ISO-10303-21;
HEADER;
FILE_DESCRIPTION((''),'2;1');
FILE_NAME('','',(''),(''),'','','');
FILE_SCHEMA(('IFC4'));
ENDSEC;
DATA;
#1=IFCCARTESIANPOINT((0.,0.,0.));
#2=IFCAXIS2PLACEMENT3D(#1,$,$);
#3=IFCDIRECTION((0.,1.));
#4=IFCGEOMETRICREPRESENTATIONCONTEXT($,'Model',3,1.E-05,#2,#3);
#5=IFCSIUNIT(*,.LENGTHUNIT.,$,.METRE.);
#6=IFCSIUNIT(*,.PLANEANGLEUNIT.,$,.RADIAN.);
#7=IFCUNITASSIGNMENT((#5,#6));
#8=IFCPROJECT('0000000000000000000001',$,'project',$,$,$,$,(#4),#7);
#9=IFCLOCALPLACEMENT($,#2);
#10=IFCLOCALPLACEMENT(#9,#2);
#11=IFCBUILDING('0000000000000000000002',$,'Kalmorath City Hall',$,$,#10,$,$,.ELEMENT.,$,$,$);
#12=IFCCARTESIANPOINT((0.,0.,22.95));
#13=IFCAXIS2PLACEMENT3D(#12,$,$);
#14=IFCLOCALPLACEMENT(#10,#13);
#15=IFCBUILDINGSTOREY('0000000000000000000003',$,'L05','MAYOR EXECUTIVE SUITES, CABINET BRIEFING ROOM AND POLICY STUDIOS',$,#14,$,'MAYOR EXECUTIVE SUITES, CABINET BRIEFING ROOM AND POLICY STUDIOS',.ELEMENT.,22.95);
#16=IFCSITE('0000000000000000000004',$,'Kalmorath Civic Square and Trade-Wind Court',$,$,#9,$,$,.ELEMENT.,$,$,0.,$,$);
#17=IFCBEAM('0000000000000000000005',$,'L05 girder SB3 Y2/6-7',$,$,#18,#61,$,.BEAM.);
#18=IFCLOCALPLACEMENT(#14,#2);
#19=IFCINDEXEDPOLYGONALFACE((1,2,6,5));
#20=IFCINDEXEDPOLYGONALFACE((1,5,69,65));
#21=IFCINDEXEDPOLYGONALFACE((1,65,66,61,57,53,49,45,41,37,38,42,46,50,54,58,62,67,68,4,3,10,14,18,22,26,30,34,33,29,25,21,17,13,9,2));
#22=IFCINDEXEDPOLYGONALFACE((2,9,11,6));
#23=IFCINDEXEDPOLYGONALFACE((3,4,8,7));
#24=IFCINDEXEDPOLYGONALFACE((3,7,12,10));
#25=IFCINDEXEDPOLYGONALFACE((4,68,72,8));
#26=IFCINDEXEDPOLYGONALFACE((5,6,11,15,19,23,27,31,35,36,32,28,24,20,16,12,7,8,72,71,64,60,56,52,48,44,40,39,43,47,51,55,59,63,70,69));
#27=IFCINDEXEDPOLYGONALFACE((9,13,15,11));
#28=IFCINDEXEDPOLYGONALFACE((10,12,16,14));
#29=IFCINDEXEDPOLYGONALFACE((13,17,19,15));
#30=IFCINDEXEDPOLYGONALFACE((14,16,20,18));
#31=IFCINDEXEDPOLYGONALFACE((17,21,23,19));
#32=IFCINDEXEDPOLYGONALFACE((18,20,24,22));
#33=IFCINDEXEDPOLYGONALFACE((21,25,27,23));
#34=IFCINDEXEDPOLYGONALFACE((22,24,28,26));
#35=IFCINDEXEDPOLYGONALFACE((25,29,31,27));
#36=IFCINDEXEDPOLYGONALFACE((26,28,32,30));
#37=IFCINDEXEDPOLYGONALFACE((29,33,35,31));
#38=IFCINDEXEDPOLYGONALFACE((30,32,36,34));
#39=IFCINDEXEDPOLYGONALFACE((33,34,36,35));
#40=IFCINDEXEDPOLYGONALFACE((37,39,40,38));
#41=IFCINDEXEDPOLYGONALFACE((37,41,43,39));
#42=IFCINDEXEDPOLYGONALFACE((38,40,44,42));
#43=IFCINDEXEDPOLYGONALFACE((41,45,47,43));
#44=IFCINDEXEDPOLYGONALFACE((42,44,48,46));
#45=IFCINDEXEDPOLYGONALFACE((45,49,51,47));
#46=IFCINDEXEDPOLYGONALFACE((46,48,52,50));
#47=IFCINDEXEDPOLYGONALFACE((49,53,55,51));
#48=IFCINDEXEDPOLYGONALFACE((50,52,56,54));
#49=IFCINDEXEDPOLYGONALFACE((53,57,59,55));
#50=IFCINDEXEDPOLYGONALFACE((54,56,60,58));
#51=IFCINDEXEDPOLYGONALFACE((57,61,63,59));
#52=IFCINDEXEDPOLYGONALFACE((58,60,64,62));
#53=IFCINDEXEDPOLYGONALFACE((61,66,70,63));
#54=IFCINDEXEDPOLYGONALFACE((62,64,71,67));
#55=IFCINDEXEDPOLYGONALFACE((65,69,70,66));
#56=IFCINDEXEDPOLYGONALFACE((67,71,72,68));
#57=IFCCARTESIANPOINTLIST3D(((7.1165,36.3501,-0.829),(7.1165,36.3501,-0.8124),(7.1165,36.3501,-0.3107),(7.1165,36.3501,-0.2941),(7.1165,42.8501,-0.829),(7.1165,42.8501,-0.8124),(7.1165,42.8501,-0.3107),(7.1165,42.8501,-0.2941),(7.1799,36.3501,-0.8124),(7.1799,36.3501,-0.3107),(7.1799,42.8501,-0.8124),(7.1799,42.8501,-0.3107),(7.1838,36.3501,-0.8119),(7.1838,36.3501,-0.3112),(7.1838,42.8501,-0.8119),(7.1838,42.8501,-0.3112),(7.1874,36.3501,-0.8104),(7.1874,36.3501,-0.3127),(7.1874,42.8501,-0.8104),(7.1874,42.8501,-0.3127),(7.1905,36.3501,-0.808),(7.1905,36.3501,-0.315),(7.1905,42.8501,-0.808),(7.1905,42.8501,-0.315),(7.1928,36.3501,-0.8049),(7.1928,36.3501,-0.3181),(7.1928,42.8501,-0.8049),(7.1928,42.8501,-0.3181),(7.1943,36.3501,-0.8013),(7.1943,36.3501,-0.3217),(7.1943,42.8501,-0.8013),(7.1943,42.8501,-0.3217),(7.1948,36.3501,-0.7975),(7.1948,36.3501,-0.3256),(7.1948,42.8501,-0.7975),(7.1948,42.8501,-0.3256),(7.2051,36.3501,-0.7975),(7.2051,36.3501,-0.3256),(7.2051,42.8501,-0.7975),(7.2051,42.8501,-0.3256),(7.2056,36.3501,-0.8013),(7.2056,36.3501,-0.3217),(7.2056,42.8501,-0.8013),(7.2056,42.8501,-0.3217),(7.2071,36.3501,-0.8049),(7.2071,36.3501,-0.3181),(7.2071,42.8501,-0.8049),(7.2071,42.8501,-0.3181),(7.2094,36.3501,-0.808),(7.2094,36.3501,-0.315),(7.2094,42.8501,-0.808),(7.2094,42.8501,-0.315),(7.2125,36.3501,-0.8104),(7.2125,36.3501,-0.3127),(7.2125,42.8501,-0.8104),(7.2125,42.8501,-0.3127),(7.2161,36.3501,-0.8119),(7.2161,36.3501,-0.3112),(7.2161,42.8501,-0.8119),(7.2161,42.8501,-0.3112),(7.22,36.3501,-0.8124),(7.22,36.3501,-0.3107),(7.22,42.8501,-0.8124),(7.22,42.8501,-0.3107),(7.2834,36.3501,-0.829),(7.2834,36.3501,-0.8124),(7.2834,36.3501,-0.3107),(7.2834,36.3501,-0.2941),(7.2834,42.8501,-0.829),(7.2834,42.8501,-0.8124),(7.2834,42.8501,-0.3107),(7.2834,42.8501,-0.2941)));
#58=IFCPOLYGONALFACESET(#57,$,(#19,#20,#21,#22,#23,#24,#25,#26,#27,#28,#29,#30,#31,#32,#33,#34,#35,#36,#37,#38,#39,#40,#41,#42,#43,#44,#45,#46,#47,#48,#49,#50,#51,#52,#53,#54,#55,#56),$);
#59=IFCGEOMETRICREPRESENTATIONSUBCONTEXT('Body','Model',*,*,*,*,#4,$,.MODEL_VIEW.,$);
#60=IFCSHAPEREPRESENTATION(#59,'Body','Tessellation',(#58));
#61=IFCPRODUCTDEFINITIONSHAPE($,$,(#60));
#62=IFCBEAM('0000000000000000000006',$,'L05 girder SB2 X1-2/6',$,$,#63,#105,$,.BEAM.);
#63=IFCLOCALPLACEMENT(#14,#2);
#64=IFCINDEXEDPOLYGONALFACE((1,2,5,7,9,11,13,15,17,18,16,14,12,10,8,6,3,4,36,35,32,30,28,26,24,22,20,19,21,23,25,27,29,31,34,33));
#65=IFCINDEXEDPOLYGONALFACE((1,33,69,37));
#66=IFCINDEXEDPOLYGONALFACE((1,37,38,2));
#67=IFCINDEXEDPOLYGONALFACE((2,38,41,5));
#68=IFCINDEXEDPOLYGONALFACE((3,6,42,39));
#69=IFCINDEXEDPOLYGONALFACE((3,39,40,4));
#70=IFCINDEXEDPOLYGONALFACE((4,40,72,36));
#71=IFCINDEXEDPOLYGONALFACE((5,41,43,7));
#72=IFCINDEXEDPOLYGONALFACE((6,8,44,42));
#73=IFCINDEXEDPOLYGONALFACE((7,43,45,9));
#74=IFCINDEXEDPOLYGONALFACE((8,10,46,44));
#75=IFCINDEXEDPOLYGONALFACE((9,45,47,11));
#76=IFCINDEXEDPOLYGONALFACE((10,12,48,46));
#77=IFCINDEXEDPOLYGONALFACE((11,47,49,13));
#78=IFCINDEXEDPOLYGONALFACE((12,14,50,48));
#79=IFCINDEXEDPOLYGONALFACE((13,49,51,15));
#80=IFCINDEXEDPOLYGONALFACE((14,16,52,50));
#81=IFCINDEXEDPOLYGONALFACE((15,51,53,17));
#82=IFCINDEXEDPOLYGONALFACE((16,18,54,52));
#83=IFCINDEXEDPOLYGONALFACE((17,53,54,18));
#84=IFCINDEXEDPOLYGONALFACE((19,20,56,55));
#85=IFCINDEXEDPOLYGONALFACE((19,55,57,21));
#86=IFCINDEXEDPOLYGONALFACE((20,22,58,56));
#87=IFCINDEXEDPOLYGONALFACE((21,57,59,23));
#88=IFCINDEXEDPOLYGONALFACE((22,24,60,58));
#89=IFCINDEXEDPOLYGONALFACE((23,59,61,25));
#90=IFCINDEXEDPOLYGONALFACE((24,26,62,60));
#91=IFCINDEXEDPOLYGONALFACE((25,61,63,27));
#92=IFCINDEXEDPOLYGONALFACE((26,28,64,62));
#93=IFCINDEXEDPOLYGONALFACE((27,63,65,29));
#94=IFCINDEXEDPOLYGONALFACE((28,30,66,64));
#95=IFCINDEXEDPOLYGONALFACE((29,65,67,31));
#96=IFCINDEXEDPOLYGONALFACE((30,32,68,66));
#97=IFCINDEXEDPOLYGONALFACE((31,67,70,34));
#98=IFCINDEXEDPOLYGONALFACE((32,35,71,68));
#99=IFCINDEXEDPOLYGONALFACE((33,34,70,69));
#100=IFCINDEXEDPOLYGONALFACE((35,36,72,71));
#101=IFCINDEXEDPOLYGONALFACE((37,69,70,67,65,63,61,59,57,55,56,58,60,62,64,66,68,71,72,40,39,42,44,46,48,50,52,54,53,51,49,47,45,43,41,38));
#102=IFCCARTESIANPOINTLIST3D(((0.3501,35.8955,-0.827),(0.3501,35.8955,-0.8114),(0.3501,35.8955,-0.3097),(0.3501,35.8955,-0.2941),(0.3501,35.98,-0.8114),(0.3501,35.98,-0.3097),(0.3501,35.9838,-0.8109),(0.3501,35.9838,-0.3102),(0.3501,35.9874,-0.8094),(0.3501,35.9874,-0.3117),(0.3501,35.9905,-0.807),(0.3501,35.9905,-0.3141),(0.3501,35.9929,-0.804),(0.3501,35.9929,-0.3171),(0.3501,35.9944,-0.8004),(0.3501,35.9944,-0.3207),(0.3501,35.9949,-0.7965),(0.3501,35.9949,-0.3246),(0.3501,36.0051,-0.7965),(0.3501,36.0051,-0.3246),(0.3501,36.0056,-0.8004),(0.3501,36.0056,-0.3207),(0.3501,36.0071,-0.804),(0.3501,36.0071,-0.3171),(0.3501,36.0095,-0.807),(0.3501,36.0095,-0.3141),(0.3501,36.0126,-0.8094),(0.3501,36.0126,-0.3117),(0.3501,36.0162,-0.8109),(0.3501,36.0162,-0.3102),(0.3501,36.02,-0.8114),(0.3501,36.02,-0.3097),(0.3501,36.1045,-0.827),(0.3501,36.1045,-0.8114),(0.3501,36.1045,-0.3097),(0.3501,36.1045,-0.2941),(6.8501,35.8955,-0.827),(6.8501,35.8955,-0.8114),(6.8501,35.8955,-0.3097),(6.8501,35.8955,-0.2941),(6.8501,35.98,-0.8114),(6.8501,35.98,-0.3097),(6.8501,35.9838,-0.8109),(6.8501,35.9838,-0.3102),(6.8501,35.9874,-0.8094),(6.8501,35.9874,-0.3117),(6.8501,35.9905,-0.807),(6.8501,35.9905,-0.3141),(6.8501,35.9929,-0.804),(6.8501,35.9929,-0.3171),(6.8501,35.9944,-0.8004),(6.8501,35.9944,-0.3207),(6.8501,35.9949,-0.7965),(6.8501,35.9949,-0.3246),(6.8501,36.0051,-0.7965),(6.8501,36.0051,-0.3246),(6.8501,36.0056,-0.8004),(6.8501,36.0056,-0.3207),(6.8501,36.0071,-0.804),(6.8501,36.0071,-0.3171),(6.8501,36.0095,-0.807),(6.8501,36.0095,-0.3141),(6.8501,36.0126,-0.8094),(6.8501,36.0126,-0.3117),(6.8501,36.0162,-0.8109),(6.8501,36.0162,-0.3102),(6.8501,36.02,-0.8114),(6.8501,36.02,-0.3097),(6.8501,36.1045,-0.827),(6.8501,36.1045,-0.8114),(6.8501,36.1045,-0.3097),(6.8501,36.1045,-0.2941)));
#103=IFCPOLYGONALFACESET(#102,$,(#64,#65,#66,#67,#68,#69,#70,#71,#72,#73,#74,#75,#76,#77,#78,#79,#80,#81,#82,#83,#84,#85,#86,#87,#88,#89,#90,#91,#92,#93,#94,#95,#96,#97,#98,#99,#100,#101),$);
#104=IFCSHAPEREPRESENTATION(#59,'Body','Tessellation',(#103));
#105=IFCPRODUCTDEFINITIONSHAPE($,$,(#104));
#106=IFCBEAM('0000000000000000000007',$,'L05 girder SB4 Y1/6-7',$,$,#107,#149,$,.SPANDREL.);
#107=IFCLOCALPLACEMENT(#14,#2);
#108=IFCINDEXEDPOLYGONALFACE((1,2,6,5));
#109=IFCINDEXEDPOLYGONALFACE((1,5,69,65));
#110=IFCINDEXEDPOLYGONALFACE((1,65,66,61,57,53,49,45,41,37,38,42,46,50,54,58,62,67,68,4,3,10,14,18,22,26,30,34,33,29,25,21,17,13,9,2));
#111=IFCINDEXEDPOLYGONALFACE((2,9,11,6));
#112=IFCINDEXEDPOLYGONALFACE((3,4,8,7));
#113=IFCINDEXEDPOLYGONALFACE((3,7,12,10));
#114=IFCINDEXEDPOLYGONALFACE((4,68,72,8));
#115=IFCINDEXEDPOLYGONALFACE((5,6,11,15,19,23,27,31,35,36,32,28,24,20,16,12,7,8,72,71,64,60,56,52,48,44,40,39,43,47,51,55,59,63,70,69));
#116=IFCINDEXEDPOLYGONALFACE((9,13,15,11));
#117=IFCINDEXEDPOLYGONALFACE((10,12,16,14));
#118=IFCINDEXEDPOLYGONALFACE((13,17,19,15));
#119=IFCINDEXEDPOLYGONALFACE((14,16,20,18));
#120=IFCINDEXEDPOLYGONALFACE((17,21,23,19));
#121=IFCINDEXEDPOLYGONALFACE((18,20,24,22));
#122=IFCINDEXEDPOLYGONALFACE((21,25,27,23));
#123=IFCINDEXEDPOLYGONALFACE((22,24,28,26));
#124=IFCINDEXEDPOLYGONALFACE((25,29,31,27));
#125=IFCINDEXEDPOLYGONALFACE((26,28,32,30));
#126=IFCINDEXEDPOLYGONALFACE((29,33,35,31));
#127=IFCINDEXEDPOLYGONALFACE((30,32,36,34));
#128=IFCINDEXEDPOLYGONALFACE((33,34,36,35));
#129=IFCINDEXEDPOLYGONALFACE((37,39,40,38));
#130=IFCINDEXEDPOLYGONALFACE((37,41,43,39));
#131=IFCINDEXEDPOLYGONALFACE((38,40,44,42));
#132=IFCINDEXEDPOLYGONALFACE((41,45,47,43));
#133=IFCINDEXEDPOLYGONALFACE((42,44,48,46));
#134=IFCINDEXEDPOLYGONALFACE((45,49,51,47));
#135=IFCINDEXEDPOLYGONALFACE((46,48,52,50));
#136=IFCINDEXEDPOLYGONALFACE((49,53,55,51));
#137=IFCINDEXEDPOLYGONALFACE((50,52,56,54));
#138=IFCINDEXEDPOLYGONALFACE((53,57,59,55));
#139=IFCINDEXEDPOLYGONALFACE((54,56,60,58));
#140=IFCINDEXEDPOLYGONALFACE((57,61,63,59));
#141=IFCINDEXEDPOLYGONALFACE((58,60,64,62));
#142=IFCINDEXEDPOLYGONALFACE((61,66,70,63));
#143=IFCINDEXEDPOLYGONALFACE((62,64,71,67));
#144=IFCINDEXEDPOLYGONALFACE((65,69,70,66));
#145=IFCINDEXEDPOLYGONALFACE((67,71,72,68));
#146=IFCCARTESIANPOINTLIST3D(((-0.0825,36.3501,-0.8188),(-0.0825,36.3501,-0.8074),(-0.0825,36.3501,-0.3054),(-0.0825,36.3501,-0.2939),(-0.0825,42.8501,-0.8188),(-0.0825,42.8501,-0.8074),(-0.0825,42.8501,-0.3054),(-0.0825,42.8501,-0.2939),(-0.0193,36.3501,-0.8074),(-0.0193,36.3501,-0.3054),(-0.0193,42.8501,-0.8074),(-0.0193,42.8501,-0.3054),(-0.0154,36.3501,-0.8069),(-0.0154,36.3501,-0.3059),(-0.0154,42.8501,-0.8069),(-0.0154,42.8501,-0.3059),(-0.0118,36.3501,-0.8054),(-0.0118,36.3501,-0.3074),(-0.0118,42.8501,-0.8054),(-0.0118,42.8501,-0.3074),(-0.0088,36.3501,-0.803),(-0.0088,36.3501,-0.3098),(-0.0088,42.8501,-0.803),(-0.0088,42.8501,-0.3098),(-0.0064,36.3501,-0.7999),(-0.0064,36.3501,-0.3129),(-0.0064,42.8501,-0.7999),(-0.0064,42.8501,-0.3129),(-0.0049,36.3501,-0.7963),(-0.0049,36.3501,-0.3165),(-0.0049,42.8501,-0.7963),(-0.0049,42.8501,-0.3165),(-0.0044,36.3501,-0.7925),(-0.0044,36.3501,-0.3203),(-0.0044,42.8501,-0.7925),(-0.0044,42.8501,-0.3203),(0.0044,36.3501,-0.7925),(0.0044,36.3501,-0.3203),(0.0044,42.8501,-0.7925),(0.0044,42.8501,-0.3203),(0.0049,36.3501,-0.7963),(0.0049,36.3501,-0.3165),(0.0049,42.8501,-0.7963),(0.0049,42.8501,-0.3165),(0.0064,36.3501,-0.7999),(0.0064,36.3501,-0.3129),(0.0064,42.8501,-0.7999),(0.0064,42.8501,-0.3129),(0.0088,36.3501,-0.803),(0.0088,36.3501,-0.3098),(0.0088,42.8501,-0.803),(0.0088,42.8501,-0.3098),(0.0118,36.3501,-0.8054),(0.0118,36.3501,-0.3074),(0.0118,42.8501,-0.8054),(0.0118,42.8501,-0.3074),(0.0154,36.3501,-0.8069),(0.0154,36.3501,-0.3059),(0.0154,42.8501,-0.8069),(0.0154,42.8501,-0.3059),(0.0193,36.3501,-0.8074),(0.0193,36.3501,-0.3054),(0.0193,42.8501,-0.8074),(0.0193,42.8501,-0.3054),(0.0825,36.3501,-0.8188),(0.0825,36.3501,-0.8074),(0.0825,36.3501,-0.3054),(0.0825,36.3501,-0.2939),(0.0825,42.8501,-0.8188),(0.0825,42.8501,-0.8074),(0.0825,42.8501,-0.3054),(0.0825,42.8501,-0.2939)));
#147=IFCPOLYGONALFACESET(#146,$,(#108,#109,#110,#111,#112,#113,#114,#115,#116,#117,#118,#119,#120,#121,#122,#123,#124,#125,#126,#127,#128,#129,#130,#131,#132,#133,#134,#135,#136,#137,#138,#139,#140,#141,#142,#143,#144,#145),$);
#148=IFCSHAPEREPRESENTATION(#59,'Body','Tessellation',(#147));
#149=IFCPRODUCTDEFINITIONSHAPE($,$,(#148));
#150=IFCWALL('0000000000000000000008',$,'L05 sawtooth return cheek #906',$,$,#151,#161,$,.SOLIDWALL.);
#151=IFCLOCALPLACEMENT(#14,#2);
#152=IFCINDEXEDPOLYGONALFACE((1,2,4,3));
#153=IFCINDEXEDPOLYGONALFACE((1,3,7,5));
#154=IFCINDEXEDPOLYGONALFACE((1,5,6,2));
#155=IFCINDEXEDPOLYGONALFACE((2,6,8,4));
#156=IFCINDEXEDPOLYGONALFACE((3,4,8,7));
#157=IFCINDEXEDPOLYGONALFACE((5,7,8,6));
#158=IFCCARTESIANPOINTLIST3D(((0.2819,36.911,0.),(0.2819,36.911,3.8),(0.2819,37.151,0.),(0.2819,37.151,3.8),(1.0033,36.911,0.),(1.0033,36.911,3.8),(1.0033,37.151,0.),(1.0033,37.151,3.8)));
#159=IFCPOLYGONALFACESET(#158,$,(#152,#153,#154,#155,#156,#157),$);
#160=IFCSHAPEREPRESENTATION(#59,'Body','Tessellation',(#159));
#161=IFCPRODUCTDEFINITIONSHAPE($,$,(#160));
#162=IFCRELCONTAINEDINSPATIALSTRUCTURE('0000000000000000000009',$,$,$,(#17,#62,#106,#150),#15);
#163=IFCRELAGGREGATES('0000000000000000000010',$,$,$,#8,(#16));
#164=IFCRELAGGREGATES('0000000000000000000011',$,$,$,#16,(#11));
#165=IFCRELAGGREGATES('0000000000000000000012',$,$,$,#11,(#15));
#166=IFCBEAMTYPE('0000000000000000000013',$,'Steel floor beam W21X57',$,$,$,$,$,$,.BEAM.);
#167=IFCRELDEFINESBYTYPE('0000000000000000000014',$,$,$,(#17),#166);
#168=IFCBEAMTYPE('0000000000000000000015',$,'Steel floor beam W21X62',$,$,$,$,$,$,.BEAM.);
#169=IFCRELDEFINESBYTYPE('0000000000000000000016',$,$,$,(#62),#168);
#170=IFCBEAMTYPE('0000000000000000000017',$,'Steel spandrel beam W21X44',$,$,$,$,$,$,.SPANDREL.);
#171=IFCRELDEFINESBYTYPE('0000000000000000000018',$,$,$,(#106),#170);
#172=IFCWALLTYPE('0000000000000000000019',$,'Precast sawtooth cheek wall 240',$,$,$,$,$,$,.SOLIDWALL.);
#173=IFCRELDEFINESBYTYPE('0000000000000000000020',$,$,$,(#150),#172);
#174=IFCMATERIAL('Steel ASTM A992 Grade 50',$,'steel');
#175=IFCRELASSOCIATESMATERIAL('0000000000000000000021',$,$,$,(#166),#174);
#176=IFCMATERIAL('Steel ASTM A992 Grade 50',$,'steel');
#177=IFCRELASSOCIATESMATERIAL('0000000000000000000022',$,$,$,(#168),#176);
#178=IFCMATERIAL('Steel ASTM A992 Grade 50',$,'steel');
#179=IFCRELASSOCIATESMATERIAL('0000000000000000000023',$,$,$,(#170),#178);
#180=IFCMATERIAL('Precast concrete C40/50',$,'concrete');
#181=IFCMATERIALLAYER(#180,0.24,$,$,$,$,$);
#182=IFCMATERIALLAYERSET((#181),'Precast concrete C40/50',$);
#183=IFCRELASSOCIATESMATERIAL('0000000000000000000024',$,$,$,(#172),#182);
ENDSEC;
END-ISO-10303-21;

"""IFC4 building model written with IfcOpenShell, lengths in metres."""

from ifc_helpers import new_model, si_unit, direction, frame, frame_2d, origin, origin_2d, place, context, subcontext, project, spatial, rectangle, i_section, extrude, material, layer, layer_set, material_profile, profile_set, type_object, element, save


model = new_model("IFC4")

# Units and contexts
model_context = context("Model", 3, precision=1e-05, world=origin(), true_north=direction((0.0, 1.0)))
body_context = subcontext(model_context, "Body", "Model", "MODEL_VIEW")
ifc_project = project(units=[si_unit("LENGTHUNIT", "METRE"), si_unit("PLANEANGLEUNIT", "RADIAN")], contexts=[model_context])

# Site, building, storey
site_placement = place(None, origin())
site = spatial("IfcSite", under=ifc_project, at=site_placement, Name="Kalmorath Civic Square and Trade-Wind Court", CompositionType="ELEMENT", RefElevation=0.0)
building_placement = place(site_placement, origin())
building = spatial("IfcBuilding", under=site, at=building_placement, Name="Kalmorath City Hall", CompositionType="ELEMENT")
storey_placement = place(building_placement, frame((0.0, 0.0, 22.95)))
storey = spatial("IfcBuildingStorey", under=building, at=storey_placement, Name="L05", Description="MAYOR EXECUTIVE SUITES, CABINET BRIEFING ROOM AND POLICY STUDIOS", LongName="MAYOR EXECUTIVE SUITES, CABINET BRIEFING ROOM AND POLICY STUDIOS", CompositionType="ELEMENT", Elevation=22.95)

# Beams
ifc_material_1 = material(Name="Steel ASTM A992 Grade 50", Category="steel")
ifc_material_profile_1 = material_profile(ifc_material_1, i_section(OverallWidth=0.167, OverallDepth=0.5349, WebThickness=0.0103, FlangeThickness=0.0166, FilletRadius=0.0149, at=origin_2d()), Name="W21X57")
ifc_profile_set_1 = profile_set([ifc_material_profile_1], Name="Steel ASTM A992 Grade 50")
beam_type_1 = type_object("IfcBeamType", Name="Steel floor beam W21X57", PredefinedType="BEAM", material=ifc_profile_set_1)
for number, where, z_axis, x_axis, name in (
    (1, (7.2, 36.3501, -0.5615), (0.0, 1.0, 0.0), (-1.0, 0.0, 0.0), "L05 girder SB3 Y2/6-7"),
):
    element("IfcBeam", number, at=place(storey_placement, frame(where, z_axis=z_axis, x_axis=x_axis)), inside=storey, type_object=beam_type_1, Name=name, PredefinedType="BEAM", context=body_context, shape_type="SweptSolid", body=[
        extrude(i_section(OverallWidth=0.167, OverallDepth=0.5349, WebThickness=0.0103, FlangeThickness=0.0166, FilletRadius=0.0149, at=origin_2d()), origin(), (0.0, 0.0, 1.0), 6.5),
    ])
ifc_material_2 = material(Name="Steel ASTM A992 Grade 50", Category="steel")
ifc_material_profile_2 = material_profile(ifc_material_2, i_section(OverallWidth=0.209, OverallDepth=0.533, WebThickness=0.0103, FlangeThickness=0.0156, FilletRadius=0.0149, at=origin_2d()), Name="W21X62")
ifc_profile_set_2 = profile_set([ifc_material_profile_2], Name="Steel ASTM A992 Grade 50")
beam_type_2 = type_object("IfcBeamType", Name="Steel floor beam W21X62", PredefinedType="BEAM", material=ifc_profile_set_2)
beam_1_placement = place(storey_placement, frame((0.3501, 36.0, -0.5605), z_axis=(1.0, 0.0, 0.0), x_axis=(0.0, 1.0, 0.0)))
element("IfcBeam", 2, at=beam_1_placement, inside=storey, type_object=beam_type_2, Name="L05 girder SB2 X1-2/6", PredefinedType="BEAM", context=body_context, shape_type="SweptSolid", body=[
    extrude(i_section(OverallWidth=0.209, OverallDepth=0.533, WebThickness=0.0103, FlangeThickness=0.0156, FilletRadius=0.0149, at=origin_2d()), origin(), (0.0, 0.0, 1.0), 6.5),
])
ifc_material_3 = material(Name="Steel ASTM A992 Grade 50", Category="steel")
ifc_material_profile_3 = material_profile(ifc_material_3, i_section(OverallWidth=0.165, OverallDepth=0.5249, WebThickness=0.0088, FlangeThickness=0.0115, FilletRadius=0.0149, at=origin_2d()), Name="W21X44")
ifc_profile_set_3 = profile_set([ifc_material_profile_3], Name="Steel ASTM A992 Grade 50")
beam_type_3 = type_object("IfcBeamType", Name="Steel spandrel beam W21X44", PredefinedType="SPANDREL", material=ifc_profile_set_3)
beam_2_placement = place(storey_placement, frame((0.0, 36.3501, -0.5564), z_axis=(0.0, 1.0, 0.0), x_axis=(-1.0, 0.0, 0.0)))
element("IfcBeam", 3, at=beam_2_placement, inside=storey, type_object=beam_type_3, Name="L05 girder SB4 Y1/6-7", PredefinedType="SPANDREL", context=body_context, shape_type="SweptSolid", body=[
    extrude(i_section(OverallWidth=0.165, OverallDepth=0.5249, WebThickness=0.0088, FlangeThickness=0.0115, FilletRadius=0.0149, at=origin_2d()), origin(), (0.0, 0.0, 1.0), 6.5),
])

# Wall
ifc_material_4 = material(Name="Precast concrete C40/50", Category="concrete")
ifc_layer_1 = layer(ifc_material_4, 0.24)
ifc_layer_set_1 = layer_set([ifc_layer_1], Name="Precast concrete C40/50")
wall_type_1 = type_object("IfcWallType", Name="Precast sawtooth cheek wall 240", PredefinedType="SOLIDWALL", material=ifc_layer_set_1)
wall_1_placement = place(storey_placement, frame((1.0034, 37.031, 0.0), z_axis=(0.0, 0.0, 1.0), x_axis=(-1.0, 0.0, 0.0)))
element("IfcWall", 4, at=wall_1_placement, inside=storey, type_object=wall_type_1, Name="L05 sawtooth return cheek #906", PredefinedType="SOLIDWALL", context=body_context, shape_type="SweptSolid", body=[
    extrude(rectangle(XDim=0.7214, YDim=0.24, at=frame_2d((0.3608, 0.0))), origin(), (0.0, 0.0, 1.0), 3.8),
])

save(model, "model.ifc")
